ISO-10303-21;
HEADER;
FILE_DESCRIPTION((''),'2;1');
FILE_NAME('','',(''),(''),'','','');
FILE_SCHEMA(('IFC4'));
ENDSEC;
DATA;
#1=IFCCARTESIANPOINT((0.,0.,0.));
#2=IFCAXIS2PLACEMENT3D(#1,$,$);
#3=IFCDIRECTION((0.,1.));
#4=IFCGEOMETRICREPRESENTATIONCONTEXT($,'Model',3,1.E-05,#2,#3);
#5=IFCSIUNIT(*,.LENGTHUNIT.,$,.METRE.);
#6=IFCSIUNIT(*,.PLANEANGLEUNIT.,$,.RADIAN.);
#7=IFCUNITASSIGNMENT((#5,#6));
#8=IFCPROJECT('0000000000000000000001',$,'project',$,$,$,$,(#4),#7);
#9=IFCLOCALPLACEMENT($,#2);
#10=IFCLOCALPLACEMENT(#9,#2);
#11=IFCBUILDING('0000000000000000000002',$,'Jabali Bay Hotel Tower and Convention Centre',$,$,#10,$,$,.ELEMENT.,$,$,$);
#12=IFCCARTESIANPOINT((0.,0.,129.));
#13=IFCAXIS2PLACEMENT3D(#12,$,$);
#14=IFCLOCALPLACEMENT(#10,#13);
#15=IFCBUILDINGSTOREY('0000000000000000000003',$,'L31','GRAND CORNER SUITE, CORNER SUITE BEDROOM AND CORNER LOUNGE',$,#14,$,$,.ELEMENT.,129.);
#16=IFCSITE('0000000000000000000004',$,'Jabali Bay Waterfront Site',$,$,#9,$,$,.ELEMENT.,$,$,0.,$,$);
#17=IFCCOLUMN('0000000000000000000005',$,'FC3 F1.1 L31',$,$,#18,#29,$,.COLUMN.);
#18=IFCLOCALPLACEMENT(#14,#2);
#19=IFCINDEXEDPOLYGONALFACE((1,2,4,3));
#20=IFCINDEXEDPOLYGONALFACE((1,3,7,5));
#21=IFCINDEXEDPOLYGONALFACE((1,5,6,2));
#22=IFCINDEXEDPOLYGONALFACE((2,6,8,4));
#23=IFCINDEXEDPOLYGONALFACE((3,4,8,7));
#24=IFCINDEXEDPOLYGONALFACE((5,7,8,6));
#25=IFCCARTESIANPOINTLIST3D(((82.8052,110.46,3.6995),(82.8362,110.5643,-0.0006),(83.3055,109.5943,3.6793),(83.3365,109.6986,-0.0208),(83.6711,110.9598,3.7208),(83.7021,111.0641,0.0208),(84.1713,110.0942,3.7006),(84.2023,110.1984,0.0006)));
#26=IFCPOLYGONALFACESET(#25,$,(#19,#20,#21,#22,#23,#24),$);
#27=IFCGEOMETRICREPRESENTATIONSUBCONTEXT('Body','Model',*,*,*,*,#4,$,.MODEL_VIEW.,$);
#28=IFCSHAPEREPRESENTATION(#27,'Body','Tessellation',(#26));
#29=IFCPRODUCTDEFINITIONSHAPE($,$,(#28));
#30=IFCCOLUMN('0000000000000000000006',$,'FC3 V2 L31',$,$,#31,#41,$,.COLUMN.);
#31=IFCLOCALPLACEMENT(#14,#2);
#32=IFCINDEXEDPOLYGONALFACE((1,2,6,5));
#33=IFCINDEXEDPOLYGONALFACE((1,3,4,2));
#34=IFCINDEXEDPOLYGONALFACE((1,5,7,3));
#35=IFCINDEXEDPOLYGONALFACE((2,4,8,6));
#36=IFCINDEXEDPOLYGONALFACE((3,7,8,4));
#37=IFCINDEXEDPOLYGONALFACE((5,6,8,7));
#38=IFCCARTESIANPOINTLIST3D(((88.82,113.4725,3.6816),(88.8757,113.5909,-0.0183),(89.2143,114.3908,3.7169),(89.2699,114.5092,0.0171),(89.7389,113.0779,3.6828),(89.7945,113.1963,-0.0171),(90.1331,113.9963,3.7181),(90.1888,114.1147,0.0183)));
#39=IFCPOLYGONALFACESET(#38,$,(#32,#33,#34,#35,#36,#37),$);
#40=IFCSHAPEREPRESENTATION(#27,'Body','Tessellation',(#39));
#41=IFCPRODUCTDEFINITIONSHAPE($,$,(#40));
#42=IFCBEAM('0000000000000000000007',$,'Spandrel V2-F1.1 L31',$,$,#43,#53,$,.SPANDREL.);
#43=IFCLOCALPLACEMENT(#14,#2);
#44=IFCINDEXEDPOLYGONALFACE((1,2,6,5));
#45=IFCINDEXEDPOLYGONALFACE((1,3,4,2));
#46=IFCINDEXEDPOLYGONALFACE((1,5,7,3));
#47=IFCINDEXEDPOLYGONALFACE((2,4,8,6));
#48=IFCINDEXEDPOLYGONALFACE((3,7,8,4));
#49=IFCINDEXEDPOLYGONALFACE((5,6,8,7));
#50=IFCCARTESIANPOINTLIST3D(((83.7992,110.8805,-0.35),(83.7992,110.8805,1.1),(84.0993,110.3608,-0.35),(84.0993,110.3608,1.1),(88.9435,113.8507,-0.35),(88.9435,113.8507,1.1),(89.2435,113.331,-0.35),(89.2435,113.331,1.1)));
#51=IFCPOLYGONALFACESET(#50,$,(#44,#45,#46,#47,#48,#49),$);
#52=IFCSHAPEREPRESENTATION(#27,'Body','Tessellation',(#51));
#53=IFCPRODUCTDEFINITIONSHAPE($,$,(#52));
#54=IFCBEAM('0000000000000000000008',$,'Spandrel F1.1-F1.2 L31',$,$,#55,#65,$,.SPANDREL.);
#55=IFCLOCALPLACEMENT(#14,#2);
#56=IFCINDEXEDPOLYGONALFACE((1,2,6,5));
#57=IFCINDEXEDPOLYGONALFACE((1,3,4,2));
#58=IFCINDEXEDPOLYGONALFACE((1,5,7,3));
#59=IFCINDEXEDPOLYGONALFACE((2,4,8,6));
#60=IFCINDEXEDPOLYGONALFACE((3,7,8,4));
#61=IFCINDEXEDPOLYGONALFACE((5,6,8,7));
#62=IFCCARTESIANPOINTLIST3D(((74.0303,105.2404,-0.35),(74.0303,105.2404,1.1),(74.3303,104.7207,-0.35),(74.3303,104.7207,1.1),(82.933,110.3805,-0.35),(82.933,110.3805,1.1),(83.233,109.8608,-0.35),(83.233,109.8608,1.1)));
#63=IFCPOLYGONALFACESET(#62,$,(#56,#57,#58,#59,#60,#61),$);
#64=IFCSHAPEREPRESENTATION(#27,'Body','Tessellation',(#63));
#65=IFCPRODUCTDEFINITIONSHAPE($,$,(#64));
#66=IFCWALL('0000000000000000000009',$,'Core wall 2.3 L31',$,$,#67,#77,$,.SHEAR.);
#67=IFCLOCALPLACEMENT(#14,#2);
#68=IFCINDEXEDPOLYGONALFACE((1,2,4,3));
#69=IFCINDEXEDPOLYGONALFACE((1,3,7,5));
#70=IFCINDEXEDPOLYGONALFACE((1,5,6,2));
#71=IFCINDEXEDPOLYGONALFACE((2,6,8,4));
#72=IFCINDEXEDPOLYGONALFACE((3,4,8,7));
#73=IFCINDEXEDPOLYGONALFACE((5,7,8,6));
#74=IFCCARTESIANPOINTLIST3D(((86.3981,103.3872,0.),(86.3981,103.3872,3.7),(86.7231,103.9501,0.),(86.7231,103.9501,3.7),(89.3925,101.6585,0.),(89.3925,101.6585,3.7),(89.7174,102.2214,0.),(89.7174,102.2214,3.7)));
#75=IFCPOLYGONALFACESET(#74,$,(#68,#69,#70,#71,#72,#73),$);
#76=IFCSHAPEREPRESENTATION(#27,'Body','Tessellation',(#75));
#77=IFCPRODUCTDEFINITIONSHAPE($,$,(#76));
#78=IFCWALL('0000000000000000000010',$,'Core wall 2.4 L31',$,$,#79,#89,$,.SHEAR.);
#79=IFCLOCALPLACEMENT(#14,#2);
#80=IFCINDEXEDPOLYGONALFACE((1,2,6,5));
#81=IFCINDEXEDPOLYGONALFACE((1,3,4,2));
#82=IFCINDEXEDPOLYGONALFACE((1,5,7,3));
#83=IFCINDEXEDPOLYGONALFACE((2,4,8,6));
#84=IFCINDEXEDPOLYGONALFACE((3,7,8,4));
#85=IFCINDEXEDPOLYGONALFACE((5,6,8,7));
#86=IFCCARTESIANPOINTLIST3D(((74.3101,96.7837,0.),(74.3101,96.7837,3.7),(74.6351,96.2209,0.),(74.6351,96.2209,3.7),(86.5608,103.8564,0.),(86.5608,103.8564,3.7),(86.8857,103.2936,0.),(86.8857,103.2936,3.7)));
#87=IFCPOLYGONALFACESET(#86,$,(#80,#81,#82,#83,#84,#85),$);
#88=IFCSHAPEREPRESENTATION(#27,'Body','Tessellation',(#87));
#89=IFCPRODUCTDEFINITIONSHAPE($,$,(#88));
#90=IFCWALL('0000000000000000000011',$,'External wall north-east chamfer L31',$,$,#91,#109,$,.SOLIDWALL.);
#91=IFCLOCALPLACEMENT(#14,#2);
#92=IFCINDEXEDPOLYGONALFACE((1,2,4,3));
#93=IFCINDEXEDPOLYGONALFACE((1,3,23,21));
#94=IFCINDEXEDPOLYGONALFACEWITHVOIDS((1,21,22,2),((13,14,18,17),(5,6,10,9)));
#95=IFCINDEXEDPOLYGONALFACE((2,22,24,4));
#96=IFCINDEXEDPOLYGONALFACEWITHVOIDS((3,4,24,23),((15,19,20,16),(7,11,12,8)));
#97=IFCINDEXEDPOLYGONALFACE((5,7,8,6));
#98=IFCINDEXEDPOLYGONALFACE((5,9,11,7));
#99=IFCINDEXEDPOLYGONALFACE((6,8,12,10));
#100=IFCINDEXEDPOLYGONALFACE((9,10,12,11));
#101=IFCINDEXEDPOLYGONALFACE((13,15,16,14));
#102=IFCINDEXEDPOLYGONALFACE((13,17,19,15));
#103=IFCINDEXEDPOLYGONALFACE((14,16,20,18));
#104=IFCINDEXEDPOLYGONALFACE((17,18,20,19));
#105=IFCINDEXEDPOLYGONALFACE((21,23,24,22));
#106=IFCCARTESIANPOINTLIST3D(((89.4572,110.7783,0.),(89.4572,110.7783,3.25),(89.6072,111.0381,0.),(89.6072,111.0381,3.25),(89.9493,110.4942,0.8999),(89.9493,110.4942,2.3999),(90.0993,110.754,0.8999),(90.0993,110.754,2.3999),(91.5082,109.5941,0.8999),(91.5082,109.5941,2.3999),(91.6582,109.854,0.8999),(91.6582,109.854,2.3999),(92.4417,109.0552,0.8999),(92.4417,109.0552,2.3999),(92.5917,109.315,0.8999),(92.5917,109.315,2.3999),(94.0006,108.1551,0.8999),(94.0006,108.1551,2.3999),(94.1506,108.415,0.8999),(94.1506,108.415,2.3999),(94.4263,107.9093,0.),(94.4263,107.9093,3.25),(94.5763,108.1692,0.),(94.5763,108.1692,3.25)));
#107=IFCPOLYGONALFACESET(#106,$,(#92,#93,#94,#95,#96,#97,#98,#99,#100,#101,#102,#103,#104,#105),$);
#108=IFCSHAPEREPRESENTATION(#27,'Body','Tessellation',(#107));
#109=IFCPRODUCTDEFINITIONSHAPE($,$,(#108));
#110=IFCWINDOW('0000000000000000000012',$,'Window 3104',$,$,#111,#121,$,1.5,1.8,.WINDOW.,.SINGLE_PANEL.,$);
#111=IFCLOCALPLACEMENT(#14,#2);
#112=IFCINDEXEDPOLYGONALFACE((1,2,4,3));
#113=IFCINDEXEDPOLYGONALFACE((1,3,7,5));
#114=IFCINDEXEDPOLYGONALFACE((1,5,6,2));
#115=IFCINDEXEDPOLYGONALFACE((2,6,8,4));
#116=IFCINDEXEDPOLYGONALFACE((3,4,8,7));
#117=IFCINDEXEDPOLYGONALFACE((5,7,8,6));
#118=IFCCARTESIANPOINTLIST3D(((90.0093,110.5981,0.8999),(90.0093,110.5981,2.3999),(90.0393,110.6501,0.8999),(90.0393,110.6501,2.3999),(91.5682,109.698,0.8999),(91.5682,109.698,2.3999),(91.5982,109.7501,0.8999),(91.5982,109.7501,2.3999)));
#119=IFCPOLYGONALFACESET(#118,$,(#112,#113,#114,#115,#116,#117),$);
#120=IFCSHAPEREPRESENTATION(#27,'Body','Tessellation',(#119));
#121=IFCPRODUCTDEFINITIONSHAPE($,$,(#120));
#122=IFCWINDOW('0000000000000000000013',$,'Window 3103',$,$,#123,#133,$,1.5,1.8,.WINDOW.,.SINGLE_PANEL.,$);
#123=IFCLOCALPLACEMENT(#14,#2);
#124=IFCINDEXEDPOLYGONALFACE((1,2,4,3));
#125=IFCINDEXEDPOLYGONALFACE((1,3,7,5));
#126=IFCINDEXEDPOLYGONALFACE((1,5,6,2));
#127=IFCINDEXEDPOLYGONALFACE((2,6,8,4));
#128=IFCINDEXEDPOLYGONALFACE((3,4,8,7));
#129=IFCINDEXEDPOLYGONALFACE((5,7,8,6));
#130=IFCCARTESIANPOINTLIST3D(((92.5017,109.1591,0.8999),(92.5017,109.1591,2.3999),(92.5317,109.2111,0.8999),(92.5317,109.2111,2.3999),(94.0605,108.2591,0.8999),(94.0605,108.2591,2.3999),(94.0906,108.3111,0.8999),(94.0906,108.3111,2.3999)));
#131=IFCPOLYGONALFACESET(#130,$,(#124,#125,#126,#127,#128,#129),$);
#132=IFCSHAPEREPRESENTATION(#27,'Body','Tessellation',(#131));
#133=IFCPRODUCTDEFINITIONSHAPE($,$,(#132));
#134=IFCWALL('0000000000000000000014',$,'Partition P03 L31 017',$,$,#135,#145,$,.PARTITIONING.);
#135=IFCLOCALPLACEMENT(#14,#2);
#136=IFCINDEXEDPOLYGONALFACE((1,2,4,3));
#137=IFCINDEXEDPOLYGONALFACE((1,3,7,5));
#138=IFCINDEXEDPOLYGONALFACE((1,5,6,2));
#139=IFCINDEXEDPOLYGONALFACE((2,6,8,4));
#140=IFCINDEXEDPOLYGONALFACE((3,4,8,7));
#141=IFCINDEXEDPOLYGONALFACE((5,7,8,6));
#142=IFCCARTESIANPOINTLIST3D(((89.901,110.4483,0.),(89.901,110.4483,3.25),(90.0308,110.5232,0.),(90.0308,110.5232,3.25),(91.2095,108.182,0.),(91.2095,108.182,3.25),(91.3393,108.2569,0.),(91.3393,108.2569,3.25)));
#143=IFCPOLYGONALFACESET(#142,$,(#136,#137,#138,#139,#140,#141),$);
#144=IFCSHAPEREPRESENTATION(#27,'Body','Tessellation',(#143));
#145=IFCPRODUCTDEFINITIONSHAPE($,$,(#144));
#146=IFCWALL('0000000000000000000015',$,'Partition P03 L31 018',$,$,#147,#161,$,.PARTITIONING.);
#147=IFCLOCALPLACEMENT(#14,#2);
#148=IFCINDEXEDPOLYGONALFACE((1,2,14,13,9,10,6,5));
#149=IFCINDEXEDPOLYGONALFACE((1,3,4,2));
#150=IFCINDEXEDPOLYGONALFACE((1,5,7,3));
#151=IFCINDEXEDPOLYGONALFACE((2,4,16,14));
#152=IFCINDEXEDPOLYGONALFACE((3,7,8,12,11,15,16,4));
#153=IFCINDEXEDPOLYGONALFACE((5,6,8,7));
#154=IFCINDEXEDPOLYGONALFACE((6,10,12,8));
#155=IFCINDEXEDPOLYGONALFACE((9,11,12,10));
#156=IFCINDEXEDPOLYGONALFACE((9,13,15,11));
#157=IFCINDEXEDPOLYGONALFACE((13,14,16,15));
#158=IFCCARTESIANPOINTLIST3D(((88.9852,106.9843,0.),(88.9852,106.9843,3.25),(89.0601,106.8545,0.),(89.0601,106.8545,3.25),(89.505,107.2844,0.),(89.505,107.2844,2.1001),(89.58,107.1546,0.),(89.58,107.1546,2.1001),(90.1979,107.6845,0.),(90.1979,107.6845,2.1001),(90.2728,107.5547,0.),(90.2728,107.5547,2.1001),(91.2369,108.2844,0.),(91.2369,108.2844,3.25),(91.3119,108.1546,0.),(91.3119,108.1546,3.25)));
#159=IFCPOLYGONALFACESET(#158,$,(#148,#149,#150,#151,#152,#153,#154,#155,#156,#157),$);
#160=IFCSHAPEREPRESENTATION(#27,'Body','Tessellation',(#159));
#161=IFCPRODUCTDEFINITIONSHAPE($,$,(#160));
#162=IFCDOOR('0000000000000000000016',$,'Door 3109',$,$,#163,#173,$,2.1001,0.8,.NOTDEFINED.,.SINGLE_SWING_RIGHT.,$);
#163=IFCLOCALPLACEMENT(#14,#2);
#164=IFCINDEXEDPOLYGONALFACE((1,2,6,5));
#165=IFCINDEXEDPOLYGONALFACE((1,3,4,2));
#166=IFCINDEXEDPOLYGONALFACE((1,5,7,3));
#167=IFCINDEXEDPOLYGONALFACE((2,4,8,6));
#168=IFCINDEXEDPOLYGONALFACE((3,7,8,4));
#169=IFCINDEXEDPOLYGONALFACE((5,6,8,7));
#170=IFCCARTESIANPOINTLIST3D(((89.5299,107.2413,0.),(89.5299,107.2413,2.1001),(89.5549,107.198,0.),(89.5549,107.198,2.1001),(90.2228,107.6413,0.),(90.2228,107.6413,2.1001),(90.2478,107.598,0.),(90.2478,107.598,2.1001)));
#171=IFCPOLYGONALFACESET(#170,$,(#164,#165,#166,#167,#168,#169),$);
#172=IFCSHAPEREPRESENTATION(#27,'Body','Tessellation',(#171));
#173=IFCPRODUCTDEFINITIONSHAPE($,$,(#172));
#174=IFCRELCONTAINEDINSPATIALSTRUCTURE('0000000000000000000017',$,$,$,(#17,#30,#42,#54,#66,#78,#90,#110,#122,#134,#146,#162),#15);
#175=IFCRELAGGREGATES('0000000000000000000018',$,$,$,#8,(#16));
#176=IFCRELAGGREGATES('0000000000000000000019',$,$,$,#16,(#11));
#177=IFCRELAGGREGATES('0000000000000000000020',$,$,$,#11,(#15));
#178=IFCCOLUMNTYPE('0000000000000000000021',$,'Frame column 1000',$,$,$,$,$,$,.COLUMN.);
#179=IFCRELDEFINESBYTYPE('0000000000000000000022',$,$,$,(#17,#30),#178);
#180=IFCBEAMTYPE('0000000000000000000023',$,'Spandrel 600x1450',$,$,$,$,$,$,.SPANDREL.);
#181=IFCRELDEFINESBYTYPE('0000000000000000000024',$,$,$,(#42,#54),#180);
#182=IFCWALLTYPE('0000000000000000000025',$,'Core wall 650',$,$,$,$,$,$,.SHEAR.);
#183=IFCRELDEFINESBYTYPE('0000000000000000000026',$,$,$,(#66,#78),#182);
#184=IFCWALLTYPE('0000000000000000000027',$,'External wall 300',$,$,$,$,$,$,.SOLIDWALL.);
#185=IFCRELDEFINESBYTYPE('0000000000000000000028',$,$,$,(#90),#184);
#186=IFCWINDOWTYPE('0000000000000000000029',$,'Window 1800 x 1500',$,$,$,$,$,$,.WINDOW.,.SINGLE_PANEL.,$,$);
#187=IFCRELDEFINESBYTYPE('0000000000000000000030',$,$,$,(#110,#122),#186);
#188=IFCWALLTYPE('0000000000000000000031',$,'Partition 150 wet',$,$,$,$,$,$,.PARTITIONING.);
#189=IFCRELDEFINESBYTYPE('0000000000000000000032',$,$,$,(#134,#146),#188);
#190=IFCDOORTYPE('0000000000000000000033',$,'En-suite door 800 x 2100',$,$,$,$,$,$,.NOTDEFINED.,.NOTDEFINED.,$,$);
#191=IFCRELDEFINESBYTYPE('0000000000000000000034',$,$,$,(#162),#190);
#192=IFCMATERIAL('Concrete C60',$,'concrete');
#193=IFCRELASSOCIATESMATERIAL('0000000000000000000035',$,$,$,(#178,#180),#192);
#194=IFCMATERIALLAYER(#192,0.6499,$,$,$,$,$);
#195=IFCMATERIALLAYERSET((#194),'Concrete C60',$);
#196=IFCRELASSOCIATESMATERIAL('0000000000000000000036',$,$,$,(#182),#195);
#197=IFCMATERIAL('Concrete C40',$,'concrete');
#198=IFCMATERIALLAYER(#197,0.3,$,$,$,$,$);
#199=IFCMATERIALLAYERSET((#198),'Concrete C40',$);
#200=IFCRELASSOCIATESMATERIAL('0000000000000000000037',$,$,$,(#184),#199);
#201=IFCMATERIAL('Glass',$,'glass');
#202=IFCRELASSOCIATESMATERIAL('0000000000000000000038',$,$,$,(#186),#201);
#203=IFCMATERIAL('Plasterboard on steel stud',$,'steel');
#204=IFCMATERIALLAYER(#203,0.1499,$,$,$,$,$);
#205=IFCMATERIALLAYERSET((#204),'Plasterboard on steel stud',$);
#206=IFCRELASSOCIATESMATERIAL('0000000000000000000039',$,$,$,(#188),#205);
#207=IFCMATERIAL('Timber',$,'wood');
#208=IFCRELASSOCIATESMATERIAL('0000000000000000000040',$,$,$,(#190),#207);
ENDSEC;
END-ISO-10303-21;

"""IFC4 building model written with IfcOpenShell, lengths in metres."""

from ifc_helpers import new_model, si_unit, direction, frame, frame_2d, origin, origin_2d, place, context, subcontext, project, spatial, rectangle, extrude, material, layer, layer_set, material_profile, profile_set, type_object, element, fill, save


model = new_model("IFC4")

# Units and contexts
model_context = context("Model", 3, precision=1e-05, world=origin(), true_north=direction((0.0, 1.0)))
body_context = subcontext(model_context, "Body", "Model", "MODEL_VIEW")
ifc_project = project(units=[si_unit("LENGTHUNIT", "METRE"), si_unit("PLANEANGLEUNIT", "RADIAN")], contexts=[model_context])

# Site, building, storey
site_placement = place(None, origin())
site = spatial("IfcSite", under=ifc_project, at=site_placement, Name="Jabali Bay Waterfront Site", CompositionType="ELEMENT", RefElevation=0.0)
building_placement = place(site_placement, origin())
building = spatial("IfcBuilding", under=site, at=building_placement, Name="Jabali Bay Hotel Tower and Convention Centre", CompositionType="ELEMENT")
storey_placement = place(building_placement, frame((0.0, 0.0, 129.0)))
storey = spatial("IfcBuildingStorey", under=building, at=storey_placement, Name="L31", Description="GRAND CORNER SUITE, CORNER SUITE BEDROOM AND CORNER LOUNGE", CompositionType="ELEMENT", Elevation=129.0)

# Columns
ifc_material_1 = material(Name="Concrete C60", Category="concrete")
ifc_material_profile_1 = material_profile(ifc_material_1, rectangle(XDim=1.0, YDim=1.0, at=origin_2d()), Name="Frame column 1000")
ifc_profile_set_1 = profile_set([ifc_material_profile_1], Name="Concrete C60")
column_type = type_object("IfcColumnType", Name="Frame column 1000", PredefinedType="COLUMN", material=ifc_profile_set_1)
column_1_placement = place(storey_placement, frame((83.5193, 110.3813, 0.0), z_axis=(-0.008376, -0.028163, 0.999568), x_axis=(0.865853, 0.499842, 0.021339)))
element("IfcColumn", 1, at=column_1_placement, inside=storey, type_object=column_type, Name="FC3 F1.1 L31", PredefinedType="COLUMN", context=body_context, shape_type="SweptSolid", body=[
    extrude(rectangle(XDim=1.0, YDim=1.0, at=origin_2d()), origin(), (0.0, 0.0, 1.0), 3.7017),
])
column_2_placement = place(storey_placement, frame((89.5322, 113.8528, 0.0), z_axis=(-0.015035, -0.031983, 0.999375), x_axis=(0.918874, -0.39455, 0.001197)))
element("IfcColumn", 2, at=column_2_placement, inside=storey, type_object=column_type, Name="FC3 V2 L31", PredefinedType="COLUMN", context=body_context, shape_type="SweptSolid", body=[
    extrude(rectangle(XDim=1.0, YDim=1.0, at=origin_2d()), origin(), (0.0, 0.0, 1.0), 3.7021),
])

# Beams
ifc_material_profile_2 = material_profile(ifc_material_1, rectangle(XDim=0.6001, YDim=1.45, at=origin_2d()), Name="Spandrel 600x1450")
ifc_profile_set_2 = profile_set([ifc_material_profile_2], Name="Concrete C60")
beam_type = type_object("IfcBeamType", Name="Spandrel 600x1450", PredefinedType="SPANDREL", material=ifc_profile_set_2)
beam_1_placement = place(storey_placement, frame((89.0935, 113.5908, 0.375), z_axis=(-0.866014, -0.50002, 0.0), x_axis=(0.50002, -0.866014, 0.0)))
element("IfcBeam", 3, at=beam_1_placement, inside=storey, type_object=beam_type, Name="Spandrel V2-F1.1 L31", PredefinedType="SPANDREL", context=body_context, shape_type="SweptSolid", body=[
    extrude(rectangle(XDim=0.6001, YDim=1.45, at=origin_2d()), origin(), (0.0, 0.0, 1.0), 5.9402),
])
beam_2_placement = place(storey_placement, frame((83.083, 110.1206, 0.375), z_axis=(-0.866022, -0.500006, 0.0), x_axis=(0.500006, -0.866022, 0.0)))
element("IfcBeam", 4, at=beam_2_placement, inside=storey, type_object=beam_type, Name="Spandrel F1.1-F1.2 L31", PredefinedType="SPANDREL", context=body_context, shape_type="SweptSolid", body=[
    extrude(rectangle(XDim=0.6001, YDim=1.45, at=origin_2d()), origin(), (0.0, 0.0, 1.0), 10.28),
])

# Walls
ifc_layer_1 = layer(ifc_material_1, 0.6499)
ifc_layer_set_1 = layer_set([ifc_layer_1], Name="Concrete C60")
wall_type_1 = type_object("IfcWallType", Name="Core wall 650", PredefinedType="SHEAR", material=ifc_layer_set_1)
wall_1_placement = place(storey_placement, frame((89.5549, 101.9399, 0.0), z_axis=(0.0, 0.0, 1.0), x_axis=(-0.866032, 0.499989, 0.0)))
element("IfcWall", 5, at=wall_1_placement, inside=storey, type_object=wall_type_1, Name="Core wall 2.3 L31", PredefinedType="SHEAR", context=body_context, shape_type="SweptSolid", body=[
    extrude(rectangle(XDim=3.4575, YDim=0.6499, at=frame_2d((1.7288, 0.0))), origin(), (0.0, 0.0, 1.0), 3.7),
])
wall_2_placement = place(storey_placement, frame((86.7231, 103.575, 0.0), z_axis=(0.0, 0.0, 1.0), x_axis=(-0.866032, -0.499989, 0.0)))
element("IfcWall", 6, at=wall_2_placement, inside=storey, type_object=wall_type_1, Name="Core wall 2.4 L31", PredefinedType="SHEAR", context=body_context, shape_type="SweptSolid", body=[
    extrude(rectangle(XDim=14.1458, YDim=0.6499, at=frame_2d((7.0728, 0.0))), origin(), (0.0, 0.0, 1.0), 3.7),
])

# Wall, openings, windows
ifc_material_2 = material(Name="Concrete C40", Category="concrete")
ifc_layer_2 = layer(ifc_material_2, 0.3)
ifc_layer_set_2 = layer_set([ifc_layer_2], Name="Concrete C40")
wall_type_2 = type_object("IfcWallType", Name="External wall 300", PredefinedType="SOLIDWALL", material=ifc_layer_set_2)
wall_3_placement = place(storey_placement, frame((89.5322, 110.9082, 0.0), z_axis=(0.0, 0.0, 1.0), x_axis=(0.866022, -0.500006, 0.0)))
wall_3 = element("IfcWall", 7, at=wall_3_placement, inside=storey, type_object=wall_type_2, Name="External wall north-east chamfer L31", PredefinedType="SOLIDWALL", context=body_context, shape_type="SweptSolid", body=[
    extrude(rectangle(XDim=5.7378, YDim=0.3, at=frame_2d((2.8689, 0.0))), origin(), (0.0, 0.0, 1.0), 3.25),
])
opening_1_placement = place(wall_3_placement, frame((0.5684, 0.0, 0.8999)))
opening_1 = element("IfcOpeningElement", 8, at=opening_1_placement, cuts=wall_3, PredefinedType="OPENING", context=body_context, shape_type="SweptSolid", body=[
    extrude(rectangle(XDim=1.8, YDim=1.5, at=frame_2d((0.8999, 0.75))), frame((0.0, 0.1606, 0.0), z_axis=(0.0, -1.0, 0.0), x_axis=(1.0, 0.0, 0.0)), (0.0, 0.0, 1.0), 0.321),
])
opening_2_placement = place(wall_3_placement, frame((3.4463, 0.0, 0.8999)))
opening_2 = element("IfcOpeningElement", 9, at=opening_2_placement, cuts=wall_3, PredefinedType="OPENING", context=body_context, shape_type="SweptSolid", body=[
    extrude(rectangle(XDim=1.8, YDim=1.5, at=frame_2d((0.8999, 0.75))), frame((0.0, 0.1606, 0.0), z_axis=(0.0, -1.0, 0.0), x_axis=(1.0, 0.0, 0.0)), (0.0, 0.0, 1.0), 0.321),
])
ifc_material_3 = material(Name="Glass", Category="glass")
window_type = type_object("IfcWindowType", Name="Window 1800 x 1500", PartitioningType="SINGLE_PANEL", PredefinedType="WINDOW", material=ifc_material_3)
window_1_placement = place(opening_1_placement, origin())
window_1 = element("IfcWindow", 10, at=window_1_placement, inside=storey, type_object=window_type, Name="Window 3104", OverallHeight=1.5, OverallWidth=1.8, PartitioningType="SINGLE_PANEL", PredefinedType="WINDOW", context=body_context, shape_type="SweptSolid", body=[
    extrude(rectangle(XDim=1.8, YDim=1.5, at=frame_2d((0.8999, 0.75))), frame((0.0, 0.03, 0.0), z_axis=(0.0, -1.0, 0.0), x_axis=(1.0, 0.0, 0.0)), (0.0, 0.0, 1.0), 0.0601),
])
fill(opening_1, window_1)
window_2_placement = place(opening_2_placement, origin())
window_2 = element("IfcWindow", 11, at=window_2_placement, inside=storey, type_object=window_type, Name="Window 3103", OverallHeight=1.5, OverallWidth=1.8, PartitioningType="SINGLE_PANEL", PredefinedType="WINDOW", context=body_context, shape_type="SweptSolid", body=[
    extrude(rectangle(XDim=1.8, YDim=1.5, at=frame_2d((0.8999, 0.75))), frame((0.0, 0.03, 0.0), z_axis=(0.0, -1.0, 0.0), x_axis=(1.0, 0.0, 0.0)), (0.0, 0.0, 1.0), 0.0601),
])
fill(opening_2, window_2)

# Wall
ifc_material_4 = material(Name="Plasterboard on steel stud", Category="steel")
ifc_layer_3 = layer(ifc_material_4, 0.1499)
ifc_layer_set_3 = layer_set([ifc_layer_3], Name="Plasterboard on steel stud")
wall_type_3 = type_object("IfcWallType", Name="Partition 150 wet", PredefinedType="PARTITIONING", material=ifc_layer_set_3)
wall_4_placement = place(storey_placement, frame((89.9658, 110.4858, 0.0), z_axis=(0.0, 0.0, 1.0), x_axis=(0.500032, -0.866007, 0.0)))
element("IfcWall", 12, at=wall_4_placement, inside=storey, type_object=wall_type_3, Name="Partition P03 L31 017", PredefinedType="PARTITIONING", context=body_context, shape_type="SweptSolid", body=[
    extrude(rectangle(XDim=2.6169, YDim=0.1499, at=frame_2d((1.3086, 0.0))), origin(), (0.0, 0.0, 1.0), 3.25),
])

# Wall, opening, door
wall_5_placement = place(storey_placement, frame((91.2744, 108.2195, 0.0), z_axis=(0.0, 0.0, 1.0), x_axis=(-0.866021, -0.500007, 0.0)))
wall_5 = element("IfcWall", 13, at=wall_5_placement, inside=storey, type_object=wall_type_3, Name="Partition P03 L31 018", PredefinedType="PARTITIONING", context=body_context, shape_type="SweptSolid", body=[
    extrude(rectangle(XDim=2.6001, YDim=0.1499, at=frame_2d((1.3, 0.0))), origin(), (0.0, 0.0, 1.0), 3.25),
])
opening_3_placement = place(wall_5_placement, frame((1.2, 0.0, 0.0)))
opening_3 = element("IfcOpeningElement", 14, at=opening_3_placement, cuts=wall_5, PredefinedType="OPENING", context=body_context, shape_type="SweptSolid", body=[
    extrude(rectangle(XDim=0.8, YDim=2.1001, at=frame_2d((0.3999, 1.05))), frame((0.0, 0.0854, 0.0), z_axis=(0.0, -1.0, 0.0), x_axis=(1.0, 0.0, 0.0)), (0.0, 0.0, 1.0), 0.1709),
])
ifc_material_5 = material(Name="Timber", Category="wood")
door_type = type_object("IfcDoorType", Name="En-suite door 800 x 2100", OperationType="NOTDEFINED", PredefinedType="NOTDEFINED", material=ifc_material_5)
door_placement = place(opening_3_placement, origin())
door = element("IfcDoor", 15, at=door_placement, inside=storey, type_object=door_type, Name="Door 3109", OperationType="SINGLE_SWING_RIGHT", OverallHeight=2.1001, OverallWidth=0.8, PredefinedType="NOTDEFINED", context=body_context, shape_type="SweptSolid", body=[
    extrude(rectangle(XDim=0.8, YDim=2.1001, at=frame_2d((0.3999, 1.05))), frame((0.0, 0.0249, 0.0), z_axis=(0.0, -1.0, 0.0), x_axis=(1.0, 0.0, 0.0)), (0.0, 0.0, 1.0), 0.05),
])
fill(opening_3, door)

save(model, "model.ifc")
